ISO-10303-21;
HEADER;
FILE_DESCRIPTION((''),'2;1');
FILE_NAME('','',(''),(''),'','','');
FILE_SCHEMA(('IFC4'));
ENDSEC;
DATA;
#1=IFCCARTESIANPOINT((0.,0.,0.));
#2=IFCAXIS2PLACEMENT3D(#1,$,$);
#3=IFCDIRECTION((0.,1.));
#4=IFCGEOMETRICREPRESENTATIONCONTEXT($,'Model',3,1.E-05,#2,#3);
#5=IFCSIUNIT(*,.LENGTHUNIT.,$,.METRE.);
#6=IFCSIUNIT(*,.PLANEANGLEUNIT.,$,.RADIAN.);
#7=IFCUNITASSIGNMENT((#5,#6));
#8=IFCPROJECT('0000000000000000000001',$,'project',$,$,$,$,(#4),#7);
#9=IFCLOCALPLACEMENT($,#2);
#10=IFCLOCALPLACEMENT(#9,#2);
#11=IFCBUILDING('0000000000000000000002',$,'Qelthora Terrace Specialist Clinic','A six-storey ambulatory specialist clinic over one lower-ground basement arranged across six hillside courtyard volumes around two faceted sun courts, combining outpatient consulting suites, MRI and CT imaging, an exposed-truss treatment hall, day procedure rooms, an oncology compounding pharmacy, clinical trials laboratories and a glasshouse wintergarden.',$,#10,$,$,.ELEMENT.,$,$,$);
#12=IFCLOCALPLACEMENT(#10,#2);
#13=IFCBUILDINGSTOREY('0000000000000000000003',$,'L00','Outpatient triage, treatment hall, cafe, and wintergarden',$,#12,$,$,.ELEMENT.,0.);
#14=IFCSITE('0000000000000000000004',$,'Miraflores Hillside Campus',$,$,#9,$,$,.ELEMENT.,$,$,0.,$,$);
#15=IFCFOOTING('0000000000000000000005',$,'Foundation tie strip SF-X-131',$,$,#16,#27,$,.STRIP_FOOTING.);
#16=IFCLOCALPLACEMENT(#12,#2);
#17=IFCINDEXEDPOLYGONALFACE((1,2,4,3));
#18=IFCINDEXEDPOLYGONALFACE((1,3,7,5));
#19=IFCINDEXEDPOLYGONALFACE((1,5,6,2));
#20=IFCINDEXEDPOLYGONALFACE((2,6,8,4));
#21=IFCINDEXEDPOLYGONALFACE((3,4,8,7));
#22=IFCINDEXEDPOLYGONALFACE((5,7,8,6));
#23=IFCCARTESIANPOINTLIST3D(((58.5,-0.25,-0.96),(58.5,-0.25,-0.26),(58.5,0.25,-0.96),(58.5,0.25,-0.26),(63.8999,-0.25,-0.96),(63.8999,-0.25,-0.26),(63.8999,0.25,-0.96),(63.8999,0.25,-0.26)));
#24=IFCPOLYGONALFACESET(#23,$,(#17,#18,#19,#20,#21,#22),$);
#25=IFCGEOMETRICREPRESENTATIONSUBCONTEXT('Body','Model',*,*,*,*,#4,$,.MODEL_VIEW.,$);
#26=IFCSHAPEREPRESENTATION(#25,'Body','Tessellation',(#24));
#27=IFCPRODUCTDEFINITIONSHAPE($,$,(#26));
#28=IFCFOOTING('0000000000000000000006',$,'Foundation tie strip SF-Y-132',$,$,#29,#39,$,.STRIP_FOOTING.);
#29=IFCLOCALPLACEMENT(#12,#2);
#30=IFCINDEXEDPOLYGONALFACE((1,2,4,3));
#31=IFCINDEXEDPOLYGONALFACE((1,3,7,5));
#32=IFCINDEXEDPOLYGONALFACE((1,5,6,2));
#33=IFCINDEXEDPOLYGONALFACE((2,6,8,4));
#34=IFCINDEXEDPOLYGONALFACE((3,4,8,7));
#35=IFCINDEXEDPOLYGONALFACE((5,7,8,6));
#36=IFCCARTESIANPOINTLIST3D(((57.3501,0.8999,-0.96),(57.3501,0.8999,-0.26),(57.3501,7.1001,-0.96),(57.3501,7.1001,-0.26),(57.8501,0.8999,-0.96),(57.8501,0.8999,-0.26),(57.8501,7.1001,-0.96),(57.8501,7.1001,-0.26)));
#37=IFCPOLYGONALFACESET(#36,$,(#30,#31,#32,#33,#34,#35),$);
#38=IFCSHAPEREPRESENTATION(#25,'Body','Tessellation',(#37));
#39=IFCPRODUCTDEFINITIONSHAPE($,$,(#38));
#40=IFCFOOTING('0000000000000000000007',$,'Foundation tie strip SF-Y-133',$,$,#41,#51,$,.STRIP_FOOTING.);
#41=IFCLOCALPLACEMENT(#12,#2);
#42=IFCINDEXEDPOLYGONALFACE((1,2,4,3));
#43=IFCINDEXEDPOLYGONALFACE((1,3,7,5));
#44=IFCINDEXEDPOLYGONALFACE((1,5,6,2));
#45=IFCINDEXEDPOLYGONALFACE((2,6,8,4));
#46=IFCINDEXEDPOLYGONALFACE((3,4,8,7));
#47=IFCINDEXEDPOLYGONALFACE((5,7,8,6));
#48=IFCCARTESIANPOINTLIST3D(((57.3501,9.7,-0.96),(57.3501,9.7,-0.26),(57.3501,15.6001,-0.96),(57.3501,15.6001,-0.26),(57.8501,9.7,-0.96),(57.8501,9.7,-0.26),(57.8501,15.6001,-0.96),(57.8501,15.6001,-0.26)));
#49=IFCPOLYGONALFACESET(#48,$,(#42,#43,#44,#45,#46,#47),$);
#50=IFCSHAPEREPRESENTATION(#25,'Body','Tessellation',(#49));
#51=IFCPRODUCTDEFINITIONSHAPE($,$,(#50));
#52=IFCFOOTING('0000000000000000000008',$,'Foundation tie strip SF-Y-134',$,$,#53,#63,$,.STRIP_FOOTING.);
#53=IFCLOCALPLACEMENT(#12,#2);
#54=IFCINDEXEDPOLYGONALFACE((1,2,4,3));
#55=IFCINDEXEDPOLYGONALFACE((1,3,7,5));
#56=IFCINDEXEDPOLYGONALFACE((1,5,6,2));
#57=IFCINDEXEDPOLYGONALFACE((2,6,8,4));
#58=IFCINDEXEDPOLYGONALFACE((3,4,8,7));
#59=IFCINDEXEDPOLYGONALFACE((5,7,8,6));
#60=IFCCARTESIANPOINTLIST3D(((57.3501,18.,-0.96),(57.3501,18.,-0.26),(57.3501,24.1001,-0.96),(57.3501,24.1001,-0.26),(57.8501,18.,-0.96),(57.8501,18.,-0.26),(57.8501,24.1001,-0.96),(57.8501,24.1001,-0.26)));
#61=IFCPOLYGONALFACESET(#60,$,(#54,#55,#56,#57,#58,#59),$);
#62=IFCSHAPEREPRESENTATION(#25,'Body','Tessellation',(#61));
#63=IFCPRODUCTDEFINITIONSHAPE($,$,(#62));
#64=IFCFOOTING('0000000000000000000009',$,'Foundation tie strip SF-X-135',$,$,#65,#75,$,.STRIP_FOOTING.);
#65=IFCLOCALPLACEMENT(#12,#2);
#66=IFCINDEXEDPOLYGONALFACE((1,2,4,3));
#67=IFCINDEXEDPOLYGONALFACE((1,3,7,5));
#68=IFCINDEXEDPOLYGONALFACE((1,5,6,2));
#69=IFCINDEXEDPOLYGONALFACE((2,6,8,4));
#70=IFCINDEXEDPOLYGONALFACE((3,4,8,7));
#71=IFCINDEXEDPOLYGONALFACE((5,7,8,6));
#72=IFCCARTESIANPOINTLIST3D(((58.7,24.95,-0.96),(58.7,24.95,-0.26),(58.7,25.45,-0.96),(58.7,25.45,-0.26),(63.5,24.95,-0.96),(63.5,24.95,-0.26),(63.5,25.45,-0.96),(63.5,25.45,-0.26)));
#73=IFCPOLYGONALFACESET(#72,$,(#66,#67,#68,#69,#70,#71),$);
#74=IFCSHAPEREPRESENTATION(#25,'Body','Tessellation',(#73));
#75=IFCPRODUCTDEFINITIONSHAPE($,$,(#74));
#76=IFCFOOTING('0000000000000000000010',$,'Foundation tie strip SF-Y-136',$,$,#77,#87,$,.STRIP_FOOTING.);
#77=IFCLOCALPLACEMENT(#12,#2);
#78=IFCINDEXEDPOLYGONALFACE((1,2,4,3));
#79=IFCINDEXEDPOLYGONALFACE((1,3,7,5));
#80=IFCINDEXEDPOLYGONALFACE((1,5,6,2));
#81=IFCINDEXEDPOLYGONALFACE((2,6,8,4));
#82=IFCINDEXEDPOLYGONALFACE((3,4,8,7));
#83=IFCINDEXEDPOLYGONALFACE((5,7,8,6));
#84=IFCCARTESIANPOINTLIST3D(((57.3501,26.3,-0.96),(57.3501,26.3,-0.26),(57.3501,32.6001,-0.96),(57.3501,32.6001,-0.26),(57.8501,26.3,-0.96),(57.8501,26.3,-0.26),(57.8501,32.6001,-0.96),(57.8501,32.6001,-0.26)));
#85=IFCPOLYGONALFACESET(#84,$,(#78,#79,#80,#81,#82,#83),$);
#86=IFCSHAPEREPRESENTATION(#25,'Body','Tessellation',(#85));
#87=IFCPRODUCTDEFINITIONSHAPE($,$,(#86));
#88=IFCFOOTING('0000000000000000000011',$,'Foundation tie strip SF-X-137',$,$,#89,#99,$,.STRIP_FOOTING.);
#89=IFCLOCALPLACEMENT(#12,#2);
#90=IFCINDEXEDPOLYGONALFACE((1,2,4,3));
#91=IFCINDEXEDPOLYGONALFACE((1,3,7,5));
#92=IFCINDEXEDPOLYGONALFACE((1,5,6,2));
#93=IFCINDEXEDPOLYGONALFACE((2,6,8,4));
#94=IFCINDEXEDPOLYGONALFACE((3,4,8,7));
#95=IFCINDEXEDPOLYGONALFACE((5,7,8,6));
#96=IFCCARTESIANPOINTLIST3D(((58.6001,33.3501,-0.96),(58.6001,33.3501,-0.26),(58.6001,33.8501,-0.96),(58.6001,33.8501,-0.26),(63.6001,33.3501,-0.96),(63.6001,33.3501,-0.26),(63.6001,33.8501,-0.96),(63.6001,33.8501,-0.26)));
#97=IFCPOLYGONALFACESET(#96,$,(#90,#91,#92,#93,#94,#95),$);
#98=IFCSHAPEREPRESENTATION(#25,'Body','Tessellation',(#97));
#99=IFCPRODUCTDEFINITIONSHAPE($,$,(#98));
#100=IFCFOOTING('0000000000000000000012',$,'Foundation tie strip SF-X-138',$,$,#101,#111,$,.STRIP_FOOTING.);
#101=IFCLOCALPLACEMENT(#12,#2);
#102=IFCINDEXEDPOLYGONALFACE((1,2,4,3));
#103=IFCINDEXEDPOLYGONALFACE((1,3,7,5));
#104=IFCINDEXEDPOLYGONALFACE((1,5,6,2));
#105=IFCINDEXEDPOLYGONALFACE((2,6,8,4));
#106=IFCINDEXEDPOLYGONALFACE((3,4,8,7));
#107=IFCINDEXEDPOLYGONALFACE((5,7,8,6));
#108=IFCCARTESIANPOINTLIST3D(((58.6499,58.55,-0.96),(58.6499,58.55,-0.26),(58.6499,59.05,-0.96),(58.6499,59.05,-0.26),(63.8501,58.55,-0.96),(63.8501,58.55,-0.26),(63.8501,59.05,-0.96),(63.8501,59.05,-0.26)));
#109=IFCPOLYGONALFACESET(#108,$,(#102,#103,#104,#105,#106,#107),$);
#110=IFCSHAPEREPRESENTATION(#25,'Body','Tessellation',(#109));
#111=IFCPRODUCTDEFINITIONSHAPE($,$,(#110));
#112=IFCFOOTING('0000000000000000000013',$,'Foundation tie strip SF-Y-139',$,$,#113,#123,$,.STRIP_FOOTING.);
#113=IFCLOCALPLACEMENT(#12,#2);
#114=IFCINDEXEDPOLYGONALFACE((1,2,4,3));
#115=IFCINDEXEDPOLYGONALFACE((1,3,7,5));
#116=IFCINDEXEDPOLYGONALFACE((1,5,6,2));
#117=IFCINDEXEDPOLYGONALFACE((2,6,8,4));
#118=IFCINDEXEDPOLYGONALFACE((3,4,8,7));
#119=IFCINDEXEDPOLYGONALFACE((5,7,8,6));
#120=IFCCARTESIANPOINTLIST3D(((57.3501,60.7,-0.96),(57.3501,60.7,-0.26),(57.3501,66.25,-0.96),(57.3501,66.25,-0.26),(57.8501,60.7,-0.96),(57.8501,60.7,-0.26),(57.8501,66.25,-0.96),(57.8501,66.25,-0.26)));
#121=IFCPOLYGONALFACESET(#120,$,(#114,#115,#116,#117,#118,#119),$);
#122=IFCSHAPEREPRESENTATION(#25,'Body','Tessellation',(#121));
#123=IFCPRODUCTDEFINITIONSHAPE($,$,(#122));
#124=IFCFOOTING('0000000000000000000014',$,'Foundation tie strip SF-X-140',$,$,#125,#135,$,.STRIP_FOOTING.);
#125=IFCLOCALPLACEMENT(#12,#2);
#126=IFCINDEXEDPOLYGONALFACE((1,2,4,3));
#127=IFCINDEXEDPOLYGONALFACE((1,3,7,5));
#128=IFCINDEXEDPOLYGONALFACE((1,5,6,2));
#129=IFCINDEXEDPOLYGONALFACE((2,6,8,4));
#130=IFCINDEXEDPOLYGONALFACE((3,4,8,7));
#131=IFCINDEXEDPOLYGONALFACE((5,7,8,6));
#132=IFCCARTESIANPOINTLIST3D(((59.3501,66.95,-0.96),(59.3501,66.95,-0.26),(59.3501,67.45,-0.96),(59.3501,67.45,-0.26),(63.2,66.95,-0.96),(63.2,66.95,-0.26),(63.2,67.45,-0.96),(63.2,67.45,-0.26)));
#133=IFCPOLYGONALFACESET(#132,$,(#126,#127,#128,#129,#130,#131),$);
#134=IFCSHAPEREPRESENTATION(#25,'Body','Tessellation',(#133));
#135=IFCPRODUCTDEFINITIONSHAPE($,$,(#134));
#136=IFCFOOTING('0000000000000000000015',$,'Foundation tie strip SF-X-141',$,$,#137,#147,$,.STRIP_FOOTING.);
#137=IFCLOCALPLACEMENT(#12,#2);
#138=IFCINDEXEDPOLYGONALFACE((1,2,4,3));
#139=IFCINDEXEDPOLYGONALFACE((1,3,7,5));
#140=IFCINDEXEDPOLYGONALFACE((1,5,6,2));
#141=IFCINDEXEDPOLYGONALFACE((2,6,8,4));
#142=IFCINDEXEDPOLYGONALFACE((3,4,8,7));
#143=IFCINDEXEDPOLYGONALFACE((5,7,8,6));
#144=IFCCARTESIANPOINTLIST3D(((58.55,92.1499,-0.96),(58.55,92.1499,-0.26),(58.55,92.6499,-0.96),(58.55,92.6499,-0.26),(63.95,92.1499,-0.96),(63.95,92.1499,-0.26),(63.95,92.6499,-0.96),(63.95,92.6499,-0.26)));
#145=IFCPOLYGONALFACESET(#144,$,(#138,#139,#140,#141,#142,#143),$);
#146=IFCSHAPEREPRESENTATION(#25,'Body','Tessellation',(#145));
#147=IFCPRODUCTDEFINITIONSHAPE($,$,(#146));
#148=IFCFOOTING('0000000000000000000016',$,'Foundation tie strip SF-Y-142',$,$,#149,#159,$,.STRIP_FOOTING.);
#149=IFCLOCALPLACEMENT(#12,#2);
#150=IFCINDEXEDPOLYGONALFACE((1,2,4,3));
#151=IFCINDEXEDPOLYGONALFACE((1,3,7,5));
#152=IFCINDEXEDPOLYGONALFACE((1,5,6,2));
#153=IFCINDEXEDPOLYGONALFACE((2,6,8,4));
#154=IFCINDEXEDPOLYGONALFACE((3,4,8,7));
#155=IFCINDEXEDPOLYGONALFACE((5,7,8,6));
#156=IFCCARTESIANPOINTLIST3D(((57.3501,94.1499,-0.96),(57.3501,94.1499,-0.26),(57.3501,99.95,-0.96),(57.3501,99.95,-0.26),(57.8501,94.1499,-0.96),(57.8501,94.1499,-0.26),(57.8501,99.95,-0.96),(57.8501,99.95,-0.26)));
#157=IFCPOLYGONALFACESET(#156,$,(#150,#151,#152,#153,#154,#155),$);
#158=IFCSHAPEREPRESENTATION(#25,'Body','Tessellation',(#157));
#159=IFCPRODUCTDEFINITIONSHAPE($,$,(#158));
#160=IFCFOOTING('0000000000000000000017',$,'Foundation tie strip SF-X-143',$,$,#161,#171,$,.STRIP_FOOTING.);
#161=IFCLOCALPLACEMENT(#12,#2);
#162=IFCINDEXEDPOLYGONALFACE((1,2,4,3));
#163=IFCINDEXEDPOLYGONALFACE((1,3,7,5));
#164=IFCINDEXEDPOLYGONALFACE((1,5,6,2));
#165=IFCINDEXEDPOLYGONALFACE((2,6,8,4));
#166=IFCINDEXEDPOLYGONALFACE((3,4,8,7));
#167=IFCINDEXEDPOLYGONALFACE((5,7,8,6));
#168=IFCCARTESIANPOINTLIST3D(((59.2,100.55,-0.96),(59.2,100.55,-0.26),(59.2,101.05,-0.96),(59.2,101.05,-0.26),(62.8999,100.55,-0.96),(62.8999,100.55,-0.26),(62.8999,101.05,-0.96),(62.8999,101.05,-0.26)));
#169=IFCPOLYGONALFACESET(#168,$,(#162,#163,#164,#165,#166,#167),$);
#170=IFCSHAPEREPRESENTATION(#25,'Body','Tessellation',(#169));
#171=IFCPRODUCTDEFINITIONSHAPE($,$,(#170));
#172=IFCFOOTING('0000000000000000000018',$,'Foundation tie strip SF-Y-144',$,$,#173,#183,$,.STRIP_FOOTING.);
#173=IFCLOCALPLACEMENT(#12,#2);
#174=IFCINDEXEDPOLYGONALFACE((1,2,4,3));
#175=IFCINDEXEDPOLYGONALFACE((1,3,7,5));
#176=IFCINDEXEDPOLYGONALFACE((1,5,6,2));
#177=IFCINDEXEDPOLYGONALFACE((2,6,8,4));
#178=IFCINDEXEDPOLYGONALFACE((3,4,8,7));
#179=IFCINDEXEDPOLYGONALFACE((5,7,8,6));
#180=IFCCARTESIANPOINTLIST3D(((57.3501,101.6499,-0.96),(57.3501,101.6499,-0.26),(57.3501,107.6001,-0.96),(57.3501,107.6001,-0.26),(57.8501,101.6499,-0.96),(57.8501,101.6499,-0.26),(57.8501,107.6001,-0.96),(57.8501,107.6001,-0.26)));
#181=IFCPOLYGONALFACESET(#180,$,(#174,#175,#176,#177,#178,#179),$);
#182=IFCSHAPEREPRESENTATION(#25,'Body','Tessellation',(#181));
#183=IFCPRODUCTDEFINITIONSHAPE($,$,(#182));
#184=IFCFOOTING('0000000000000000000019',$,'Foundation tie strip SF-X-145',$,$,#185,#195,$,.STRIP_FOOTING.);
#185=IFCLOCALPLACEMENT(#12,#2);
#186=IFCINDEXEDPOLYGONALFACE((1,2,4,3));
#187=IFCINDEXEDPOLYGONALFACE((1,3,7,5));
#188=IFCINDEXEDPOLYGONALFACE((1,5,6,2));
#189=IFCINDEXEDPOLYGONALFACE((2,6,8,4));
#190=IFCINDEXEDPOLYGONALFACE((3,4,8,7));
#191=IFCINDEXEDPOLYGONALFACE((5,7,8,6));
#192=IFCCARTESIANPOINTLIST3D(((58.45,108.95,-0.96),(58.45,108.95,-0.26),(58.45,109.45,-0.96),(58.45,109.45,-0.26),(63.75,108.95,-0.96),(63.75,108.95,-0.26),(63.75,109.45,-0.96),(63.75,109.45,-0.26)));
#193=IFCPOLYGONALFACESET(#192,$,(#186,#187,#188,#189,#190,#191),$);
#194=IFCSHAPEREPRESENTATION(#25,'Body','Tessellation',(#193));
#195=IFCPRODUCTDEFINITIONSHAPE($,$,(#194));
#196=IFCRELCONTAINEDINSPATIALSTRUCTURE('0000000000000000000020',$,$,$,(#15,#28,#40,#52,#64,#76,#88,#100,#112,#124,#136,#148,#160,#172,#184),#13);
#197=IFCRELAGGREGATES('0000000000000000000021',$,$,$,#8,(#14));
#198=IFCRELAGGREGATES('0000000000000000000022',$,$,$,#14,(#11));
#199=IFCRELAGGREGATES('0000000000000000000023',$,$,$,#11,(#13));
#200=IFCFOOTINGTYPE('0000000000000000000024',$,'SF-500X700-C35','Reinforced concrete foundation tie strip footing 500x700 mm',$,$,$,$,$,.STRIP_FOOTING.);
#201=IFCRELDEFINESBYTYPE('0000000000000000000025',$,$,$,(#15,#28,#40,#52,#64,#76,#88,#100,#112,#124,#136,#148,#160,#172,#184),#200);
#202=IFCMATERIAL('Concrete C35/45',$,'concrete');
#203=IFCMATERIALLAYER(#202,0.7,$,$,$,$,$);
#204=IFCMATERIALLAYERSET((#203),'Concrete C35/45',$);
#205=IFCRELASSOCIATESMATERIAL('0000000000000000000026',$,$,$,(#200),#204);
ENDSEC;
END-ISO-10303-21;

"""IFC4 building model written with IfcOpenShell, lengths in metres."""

from ifc_helpers import new_model, si_unit, direction, frame, origin, place, context, subcontext, project, spatial, polyline, outline, extrude, material, layer, layer_set, type_object, element, save


model = new_model("IFC4")

# Units and contexts
model_context = context("Model", 3, precision=1e-05, world=origin(), true_north=direction((0.0, 1.0)))
body_context = subcontext(model_context, "Body", "Model", "MODEL_VIEW")
ifc_project = project(units=[si_unit("LENGTHUNIT", "METRE"), si_unit("PLANEANGLEUNIT", "RADIAN")], contexts=[model_context])

# Site, building, storey
site_placement = place(None, origin())
site = spatial("IfcSite", under=ifc_project, at=site_placement, Name="Miraflores Hillside Campus", CompositionType="ELEMENT", RefElevation=0.0)
building_placement = place(site_placement, origin())
building = spatial("IfcBuilding", under=site, at=building_placement, Name="Qelthora Terrace Specialist Clinic", Description="A six-storey ambulatory specialist clinic over one lower-ground basement arranged across six hillside courtyard volumes around two faceted sun courts, combining outpatient consulting suites, MRI and CT imaging, an exposed-truss treatment hall, day procedure rooms, an oncology compounding pharmacy, clinical trials laboratories and a glasshouse wintergarden.", CompositionType="ELEMENT")
storey_placement = place(building_placement, origin())
storey = spatial("IfcBuildingStorey", under=building, at=storey_placement, Name="L00", Description="Outpatient triage, treatment hall, cafe, and wintergarden", CompositionType="ELEMENT", Elevation=0.0)

# Footings
ifc_material = material(Name="Concrete C35/45", Category="concrete")
ifc_layer = layer(ifc_material, 0.7)
ifc_layer_set = layer_set([ifc_layer], Name="Concrete C35/45")
footing_type = type_object("IfcFootingType", Name="SF-500X700-C35", Description="Reinforced concrete foundation tie strip footing 500x700 mm", PredefinedType="STRIP_FOOTING", material=ifc_layer_set)
footing_1_placement = place(storey_placement, frame((0.0, 0.0, -0.96)))
element("IfcFooting", 1, at=footing_1_placement, inside=storey, type_object=footing_type, Name="Foundation tie strip SF-X-131", PredefinedType="STRIP_FOOTING", context=body_context, shape_type="SweptSolid", body=[
    extrude(outline(polyline([(58.5, -0.25), (63.8999, -0.25), (63.8999, 0.25), (58.5, 0.25), (58.5, -0.25)])), origin(), (0.0, 0.0, 1.0), 0.7),
])
footing_2_placement = place(storey_placement, frame((0.0, 0.0, -0.96)))
element("IfcFooting", 2, at=footing_2_placement, inside=storey, type_object=footing_type, Name="Foundation tie strip SF-Y-132", PredefinedType="STRIP_FOOTING", context=body_context, shape_type="SweptSolid", body=[
    extrude(outline(polyline([(57.3501, 0.8999), (57.8501, 0.8999), (57.8501, 7.1001), (57.3501, 7.1001), (57.3501, 0.8999)])), origin(), (0.0, 0.0, 1.0), 0.7),
])
footing_3_placement = place(storey_placement, frame((0.0, 0.0, -0.96)))
element("IfcFooting", 3, at=footing_3_placement, inside=storey, type_object=footing_type, Name="Foundation tie strip SF-Y-133", PredefinedType="STRIP_FOOTING", context=body_context, shape_type="SweptSolid", body=[
    extrude(outline(polyline([(57.3501, 9.7), (57.8501, 9.7), (57.8501, 15.6001), (57.3501, 15.6001), (57.3501, 9.7)])), origin(), (0.0, 0.0, 1.0), 0.7),
])
footing_4_placement = place(storey_placement, frame((0.0, 0.0, -0.96)))
element("IfcFooting", 4, at=footing_4_placement, inside=storey, type_object=footing_type, Name="Foundation tie strip SF-Y-134", PredefinedType="STRIP_FOOTING", context=body_context, shape_type="SweptSolid", body=[
    extrude(outline(polyline([(57.3501, 18.0), (57.8501, 18.0), (57.8501, 24.1001), (57.3501, 24.1001), (57.3501, 18.0)])), origin(), (0.0, 0.0, 1.0), 0.7),
])
footing_5_placement = place(storey_placement, frame((0.0, 0.0, -0.96)))
element("IfcFooting", 5, at=footing_5_placement, inside=storey, type_object=footing_type, Name="Foundation tie strip SF-X-135", PredefinedType="STRIP_FOOTING", context=body_context, shape_type="SweptSolid", body=[
    extrude(outline(polyline([(58.7, 24.95), (63.5, 24.95), (63.5, 25.45), (58.7, 25.45), (58.7, 24.95)])), origin(), (0.0, 0.0, 1.0), 0.7),
])
footing_6_placement = place(storey_placement, frame((0.0, 0.0, -0.96)))
element("IfcFooting", 6, at=footing_6_placement, inside=storey, type_object=footing_type, Name="Foundation tie strip SF-Y-136", PredefinedType="STRIP_FOOTING", context=body_context, shape_type="SweptSolid", body=[
    extrude(outline(polyline([(57.3501, 26.3), (57.8501, 26.3), (57.8501, 32.6001), (57.3501, 32.6001), (57.3501, 26.3)])), origin(), (0.0, 0.0, 1.0), 0.7),
])
footing_7_placement = place(storey_placement, frame((0.0, 0.0, -0.96)))
element("IfcFooting", 7, at=footing_7_placement, inside=storey, type_object=footing_type, Name="Foundation tie strip SF-X-137", PredefinedType="STRIP_FOOTING", context=body_context, shape_type="SweptSolid", body=[
    extrude(outline(polyline([(58.6001, 33.3501), (63.6001, 33.3501), (63.6001, 33.8501), (58.6001, 33.8501), (58.6001, 33.3501)])), origin(), (0.0, 0.0, 1.0), 0.7),
])
footing_8_placement = place(storey_placement, frame((0.0, 0.0, -0.96)))
element("IfcFooting", 8, at=footing_8_placement, inside=storey, type_object=footing_type, Name="Foundation tie strip SF-X-138", PredefinedType="STRIP_FOOTING", context=body_context, shape_type="SweptSolid", body=[
    extrude(outline(polyline([(58.6499, 58.55), (63.8501, 58.55), (63.8501, 59.05), (58.6499, 59.05), (58.6499, 58.55)])), origin(), (0.0, 0.0, 1.0), 0.7),
])
footing_9_placement = place(storey_placement, frame((0.0, 0.0, -0.96)))
element("IfcFooting", 9, at=footing_9_placement, inside=storey, type_object=footing_type, Name="Foundation tie strip SF-Y-139", PredefinedType="STRIP_FOOTING", context=body_context, shape_type="SweptSolid", body=[
    extrude(outline(polyline([(57.3501, 60.7), (57.8501, 60.7), (57.8501, 66.25), (57.3501, 66.25), (57.3501, 60.7)])), origin(), (0.0, 0.0, 1.0), 0.7),
])
footing_10_placement = place(storey_placement, frame((0.0, 0.0, -0.96)))
element("IfcFooting", 10, at=footing_10_placement, inside=storey, type_object=footing_type, Name="Foundation tie strip SF-X-140", PredefinedType="STRIP_FOOTING", context=body_context, shape_type="SweptSolid", body=[
    extrude(outline(polyline([(59.3501, 66.95), (63.2, 66.95), (63.2, 67.45), (59.3501, 67.45), (59.3501, 66.95)])), origin(), (0.0, 0.0, 1.0), 0.7),
])
footing_11_placement = place(storey_placement, frame((0.0, 0.0, -0.96)))
element("IfcFooting", 11, at=footing_11_placement, inside=storey, type_object=footing_type, Name="Foundation tie strip SF-X-141", PredefinedType="STRIP_FOOTING", context=body_context, shape_type="SweptSolid", body=[
    extrude(outline(polyline([(58.55, 92.1499), (63.95, 92.1499), (63.95, 92.6499), (58.55, 92.6499), (58.55, 92.1499)])), origin(), (0.0, 0.0, 1.0), 0.7),
])
footing_12_placement = place(storey_placement, frame((0.0, 0.0, -0.96)))
element("IfcFooting", 12, at=footing_12_placement, inside=storey, type_object=footing_type, Name="Foundation tie strip SF-Y-142", PredefinedType="STRIP_FOOTING", context=body_context, shape_type="SweptSolid", body=[
    extrude(outline(polyline([(57.3501, 94.1499), (57.8501, 94.1499), (57.8501, 99.95), (57.3501, 99.95), (57.3501, 94.1499)])), origin(), (0.0, 0.0, 1.0), 0.7),
])
footing_13_placement = place(storey_placement, frame((0.0, 0.0, -0.96)))
element("IfcFooting", 13, at=footing_13_placement, inside=storey, type_object=footing_type, Name="Foundation tie strip SF-X-143", PredefinedType="STRIP_FOOTING", context=body_context, shape_type="SweptSolid", body=[
    extrude(outline(polyline([(59.2, 100.55), (62.8999, 100.55), (62.8999, 101.05), (59.2, 101.05), (59.2, 100.55)])), origin(), (0.0, 0.0, 1.0), 0.7),
])
footing_14_placement = place(storey_placement, frame((0.0, 0.0, -0.96)))
element("IfcFooting", 14, at=footing_14_placement, inside=storey, type_object=footing_type, Name="Foundation tie strip SF-Y-144", PredefinedType="STRIP_FOOTING", context=body_context, shape_type="SweptSolid", body=[
    extrude(outline(polyline([(57.3501, 101.6499), (57.8501, 101.6499), (57.8501, 107.6001), (57.3501, 107.6001), (57.3501, 101.6499)])), origin(), (0.0, 0.0, 1.0), 0.7),
])
footing_15_placement = place(storey_placement, frame((0.0, 0.0, -0.96)))
element("IfcFooting", 15, at=footing_15_placement, inside=storey, type_object=footing_type, Name="Foundation tie strip SF-X-145", PredefinedType="STRIP_FOOTING", context=body_context, shape_type="SweptSolid", body=[
    extrude(outline(polyline([(58.45, 108.95), (63.75, 108.95), (63.75, 109.45), (58.45, 109.45), (58.45, 108.95)])), origin(), (0.0, 0.0, 1.0), 0.7),
])

save(model, "model.ifc")
